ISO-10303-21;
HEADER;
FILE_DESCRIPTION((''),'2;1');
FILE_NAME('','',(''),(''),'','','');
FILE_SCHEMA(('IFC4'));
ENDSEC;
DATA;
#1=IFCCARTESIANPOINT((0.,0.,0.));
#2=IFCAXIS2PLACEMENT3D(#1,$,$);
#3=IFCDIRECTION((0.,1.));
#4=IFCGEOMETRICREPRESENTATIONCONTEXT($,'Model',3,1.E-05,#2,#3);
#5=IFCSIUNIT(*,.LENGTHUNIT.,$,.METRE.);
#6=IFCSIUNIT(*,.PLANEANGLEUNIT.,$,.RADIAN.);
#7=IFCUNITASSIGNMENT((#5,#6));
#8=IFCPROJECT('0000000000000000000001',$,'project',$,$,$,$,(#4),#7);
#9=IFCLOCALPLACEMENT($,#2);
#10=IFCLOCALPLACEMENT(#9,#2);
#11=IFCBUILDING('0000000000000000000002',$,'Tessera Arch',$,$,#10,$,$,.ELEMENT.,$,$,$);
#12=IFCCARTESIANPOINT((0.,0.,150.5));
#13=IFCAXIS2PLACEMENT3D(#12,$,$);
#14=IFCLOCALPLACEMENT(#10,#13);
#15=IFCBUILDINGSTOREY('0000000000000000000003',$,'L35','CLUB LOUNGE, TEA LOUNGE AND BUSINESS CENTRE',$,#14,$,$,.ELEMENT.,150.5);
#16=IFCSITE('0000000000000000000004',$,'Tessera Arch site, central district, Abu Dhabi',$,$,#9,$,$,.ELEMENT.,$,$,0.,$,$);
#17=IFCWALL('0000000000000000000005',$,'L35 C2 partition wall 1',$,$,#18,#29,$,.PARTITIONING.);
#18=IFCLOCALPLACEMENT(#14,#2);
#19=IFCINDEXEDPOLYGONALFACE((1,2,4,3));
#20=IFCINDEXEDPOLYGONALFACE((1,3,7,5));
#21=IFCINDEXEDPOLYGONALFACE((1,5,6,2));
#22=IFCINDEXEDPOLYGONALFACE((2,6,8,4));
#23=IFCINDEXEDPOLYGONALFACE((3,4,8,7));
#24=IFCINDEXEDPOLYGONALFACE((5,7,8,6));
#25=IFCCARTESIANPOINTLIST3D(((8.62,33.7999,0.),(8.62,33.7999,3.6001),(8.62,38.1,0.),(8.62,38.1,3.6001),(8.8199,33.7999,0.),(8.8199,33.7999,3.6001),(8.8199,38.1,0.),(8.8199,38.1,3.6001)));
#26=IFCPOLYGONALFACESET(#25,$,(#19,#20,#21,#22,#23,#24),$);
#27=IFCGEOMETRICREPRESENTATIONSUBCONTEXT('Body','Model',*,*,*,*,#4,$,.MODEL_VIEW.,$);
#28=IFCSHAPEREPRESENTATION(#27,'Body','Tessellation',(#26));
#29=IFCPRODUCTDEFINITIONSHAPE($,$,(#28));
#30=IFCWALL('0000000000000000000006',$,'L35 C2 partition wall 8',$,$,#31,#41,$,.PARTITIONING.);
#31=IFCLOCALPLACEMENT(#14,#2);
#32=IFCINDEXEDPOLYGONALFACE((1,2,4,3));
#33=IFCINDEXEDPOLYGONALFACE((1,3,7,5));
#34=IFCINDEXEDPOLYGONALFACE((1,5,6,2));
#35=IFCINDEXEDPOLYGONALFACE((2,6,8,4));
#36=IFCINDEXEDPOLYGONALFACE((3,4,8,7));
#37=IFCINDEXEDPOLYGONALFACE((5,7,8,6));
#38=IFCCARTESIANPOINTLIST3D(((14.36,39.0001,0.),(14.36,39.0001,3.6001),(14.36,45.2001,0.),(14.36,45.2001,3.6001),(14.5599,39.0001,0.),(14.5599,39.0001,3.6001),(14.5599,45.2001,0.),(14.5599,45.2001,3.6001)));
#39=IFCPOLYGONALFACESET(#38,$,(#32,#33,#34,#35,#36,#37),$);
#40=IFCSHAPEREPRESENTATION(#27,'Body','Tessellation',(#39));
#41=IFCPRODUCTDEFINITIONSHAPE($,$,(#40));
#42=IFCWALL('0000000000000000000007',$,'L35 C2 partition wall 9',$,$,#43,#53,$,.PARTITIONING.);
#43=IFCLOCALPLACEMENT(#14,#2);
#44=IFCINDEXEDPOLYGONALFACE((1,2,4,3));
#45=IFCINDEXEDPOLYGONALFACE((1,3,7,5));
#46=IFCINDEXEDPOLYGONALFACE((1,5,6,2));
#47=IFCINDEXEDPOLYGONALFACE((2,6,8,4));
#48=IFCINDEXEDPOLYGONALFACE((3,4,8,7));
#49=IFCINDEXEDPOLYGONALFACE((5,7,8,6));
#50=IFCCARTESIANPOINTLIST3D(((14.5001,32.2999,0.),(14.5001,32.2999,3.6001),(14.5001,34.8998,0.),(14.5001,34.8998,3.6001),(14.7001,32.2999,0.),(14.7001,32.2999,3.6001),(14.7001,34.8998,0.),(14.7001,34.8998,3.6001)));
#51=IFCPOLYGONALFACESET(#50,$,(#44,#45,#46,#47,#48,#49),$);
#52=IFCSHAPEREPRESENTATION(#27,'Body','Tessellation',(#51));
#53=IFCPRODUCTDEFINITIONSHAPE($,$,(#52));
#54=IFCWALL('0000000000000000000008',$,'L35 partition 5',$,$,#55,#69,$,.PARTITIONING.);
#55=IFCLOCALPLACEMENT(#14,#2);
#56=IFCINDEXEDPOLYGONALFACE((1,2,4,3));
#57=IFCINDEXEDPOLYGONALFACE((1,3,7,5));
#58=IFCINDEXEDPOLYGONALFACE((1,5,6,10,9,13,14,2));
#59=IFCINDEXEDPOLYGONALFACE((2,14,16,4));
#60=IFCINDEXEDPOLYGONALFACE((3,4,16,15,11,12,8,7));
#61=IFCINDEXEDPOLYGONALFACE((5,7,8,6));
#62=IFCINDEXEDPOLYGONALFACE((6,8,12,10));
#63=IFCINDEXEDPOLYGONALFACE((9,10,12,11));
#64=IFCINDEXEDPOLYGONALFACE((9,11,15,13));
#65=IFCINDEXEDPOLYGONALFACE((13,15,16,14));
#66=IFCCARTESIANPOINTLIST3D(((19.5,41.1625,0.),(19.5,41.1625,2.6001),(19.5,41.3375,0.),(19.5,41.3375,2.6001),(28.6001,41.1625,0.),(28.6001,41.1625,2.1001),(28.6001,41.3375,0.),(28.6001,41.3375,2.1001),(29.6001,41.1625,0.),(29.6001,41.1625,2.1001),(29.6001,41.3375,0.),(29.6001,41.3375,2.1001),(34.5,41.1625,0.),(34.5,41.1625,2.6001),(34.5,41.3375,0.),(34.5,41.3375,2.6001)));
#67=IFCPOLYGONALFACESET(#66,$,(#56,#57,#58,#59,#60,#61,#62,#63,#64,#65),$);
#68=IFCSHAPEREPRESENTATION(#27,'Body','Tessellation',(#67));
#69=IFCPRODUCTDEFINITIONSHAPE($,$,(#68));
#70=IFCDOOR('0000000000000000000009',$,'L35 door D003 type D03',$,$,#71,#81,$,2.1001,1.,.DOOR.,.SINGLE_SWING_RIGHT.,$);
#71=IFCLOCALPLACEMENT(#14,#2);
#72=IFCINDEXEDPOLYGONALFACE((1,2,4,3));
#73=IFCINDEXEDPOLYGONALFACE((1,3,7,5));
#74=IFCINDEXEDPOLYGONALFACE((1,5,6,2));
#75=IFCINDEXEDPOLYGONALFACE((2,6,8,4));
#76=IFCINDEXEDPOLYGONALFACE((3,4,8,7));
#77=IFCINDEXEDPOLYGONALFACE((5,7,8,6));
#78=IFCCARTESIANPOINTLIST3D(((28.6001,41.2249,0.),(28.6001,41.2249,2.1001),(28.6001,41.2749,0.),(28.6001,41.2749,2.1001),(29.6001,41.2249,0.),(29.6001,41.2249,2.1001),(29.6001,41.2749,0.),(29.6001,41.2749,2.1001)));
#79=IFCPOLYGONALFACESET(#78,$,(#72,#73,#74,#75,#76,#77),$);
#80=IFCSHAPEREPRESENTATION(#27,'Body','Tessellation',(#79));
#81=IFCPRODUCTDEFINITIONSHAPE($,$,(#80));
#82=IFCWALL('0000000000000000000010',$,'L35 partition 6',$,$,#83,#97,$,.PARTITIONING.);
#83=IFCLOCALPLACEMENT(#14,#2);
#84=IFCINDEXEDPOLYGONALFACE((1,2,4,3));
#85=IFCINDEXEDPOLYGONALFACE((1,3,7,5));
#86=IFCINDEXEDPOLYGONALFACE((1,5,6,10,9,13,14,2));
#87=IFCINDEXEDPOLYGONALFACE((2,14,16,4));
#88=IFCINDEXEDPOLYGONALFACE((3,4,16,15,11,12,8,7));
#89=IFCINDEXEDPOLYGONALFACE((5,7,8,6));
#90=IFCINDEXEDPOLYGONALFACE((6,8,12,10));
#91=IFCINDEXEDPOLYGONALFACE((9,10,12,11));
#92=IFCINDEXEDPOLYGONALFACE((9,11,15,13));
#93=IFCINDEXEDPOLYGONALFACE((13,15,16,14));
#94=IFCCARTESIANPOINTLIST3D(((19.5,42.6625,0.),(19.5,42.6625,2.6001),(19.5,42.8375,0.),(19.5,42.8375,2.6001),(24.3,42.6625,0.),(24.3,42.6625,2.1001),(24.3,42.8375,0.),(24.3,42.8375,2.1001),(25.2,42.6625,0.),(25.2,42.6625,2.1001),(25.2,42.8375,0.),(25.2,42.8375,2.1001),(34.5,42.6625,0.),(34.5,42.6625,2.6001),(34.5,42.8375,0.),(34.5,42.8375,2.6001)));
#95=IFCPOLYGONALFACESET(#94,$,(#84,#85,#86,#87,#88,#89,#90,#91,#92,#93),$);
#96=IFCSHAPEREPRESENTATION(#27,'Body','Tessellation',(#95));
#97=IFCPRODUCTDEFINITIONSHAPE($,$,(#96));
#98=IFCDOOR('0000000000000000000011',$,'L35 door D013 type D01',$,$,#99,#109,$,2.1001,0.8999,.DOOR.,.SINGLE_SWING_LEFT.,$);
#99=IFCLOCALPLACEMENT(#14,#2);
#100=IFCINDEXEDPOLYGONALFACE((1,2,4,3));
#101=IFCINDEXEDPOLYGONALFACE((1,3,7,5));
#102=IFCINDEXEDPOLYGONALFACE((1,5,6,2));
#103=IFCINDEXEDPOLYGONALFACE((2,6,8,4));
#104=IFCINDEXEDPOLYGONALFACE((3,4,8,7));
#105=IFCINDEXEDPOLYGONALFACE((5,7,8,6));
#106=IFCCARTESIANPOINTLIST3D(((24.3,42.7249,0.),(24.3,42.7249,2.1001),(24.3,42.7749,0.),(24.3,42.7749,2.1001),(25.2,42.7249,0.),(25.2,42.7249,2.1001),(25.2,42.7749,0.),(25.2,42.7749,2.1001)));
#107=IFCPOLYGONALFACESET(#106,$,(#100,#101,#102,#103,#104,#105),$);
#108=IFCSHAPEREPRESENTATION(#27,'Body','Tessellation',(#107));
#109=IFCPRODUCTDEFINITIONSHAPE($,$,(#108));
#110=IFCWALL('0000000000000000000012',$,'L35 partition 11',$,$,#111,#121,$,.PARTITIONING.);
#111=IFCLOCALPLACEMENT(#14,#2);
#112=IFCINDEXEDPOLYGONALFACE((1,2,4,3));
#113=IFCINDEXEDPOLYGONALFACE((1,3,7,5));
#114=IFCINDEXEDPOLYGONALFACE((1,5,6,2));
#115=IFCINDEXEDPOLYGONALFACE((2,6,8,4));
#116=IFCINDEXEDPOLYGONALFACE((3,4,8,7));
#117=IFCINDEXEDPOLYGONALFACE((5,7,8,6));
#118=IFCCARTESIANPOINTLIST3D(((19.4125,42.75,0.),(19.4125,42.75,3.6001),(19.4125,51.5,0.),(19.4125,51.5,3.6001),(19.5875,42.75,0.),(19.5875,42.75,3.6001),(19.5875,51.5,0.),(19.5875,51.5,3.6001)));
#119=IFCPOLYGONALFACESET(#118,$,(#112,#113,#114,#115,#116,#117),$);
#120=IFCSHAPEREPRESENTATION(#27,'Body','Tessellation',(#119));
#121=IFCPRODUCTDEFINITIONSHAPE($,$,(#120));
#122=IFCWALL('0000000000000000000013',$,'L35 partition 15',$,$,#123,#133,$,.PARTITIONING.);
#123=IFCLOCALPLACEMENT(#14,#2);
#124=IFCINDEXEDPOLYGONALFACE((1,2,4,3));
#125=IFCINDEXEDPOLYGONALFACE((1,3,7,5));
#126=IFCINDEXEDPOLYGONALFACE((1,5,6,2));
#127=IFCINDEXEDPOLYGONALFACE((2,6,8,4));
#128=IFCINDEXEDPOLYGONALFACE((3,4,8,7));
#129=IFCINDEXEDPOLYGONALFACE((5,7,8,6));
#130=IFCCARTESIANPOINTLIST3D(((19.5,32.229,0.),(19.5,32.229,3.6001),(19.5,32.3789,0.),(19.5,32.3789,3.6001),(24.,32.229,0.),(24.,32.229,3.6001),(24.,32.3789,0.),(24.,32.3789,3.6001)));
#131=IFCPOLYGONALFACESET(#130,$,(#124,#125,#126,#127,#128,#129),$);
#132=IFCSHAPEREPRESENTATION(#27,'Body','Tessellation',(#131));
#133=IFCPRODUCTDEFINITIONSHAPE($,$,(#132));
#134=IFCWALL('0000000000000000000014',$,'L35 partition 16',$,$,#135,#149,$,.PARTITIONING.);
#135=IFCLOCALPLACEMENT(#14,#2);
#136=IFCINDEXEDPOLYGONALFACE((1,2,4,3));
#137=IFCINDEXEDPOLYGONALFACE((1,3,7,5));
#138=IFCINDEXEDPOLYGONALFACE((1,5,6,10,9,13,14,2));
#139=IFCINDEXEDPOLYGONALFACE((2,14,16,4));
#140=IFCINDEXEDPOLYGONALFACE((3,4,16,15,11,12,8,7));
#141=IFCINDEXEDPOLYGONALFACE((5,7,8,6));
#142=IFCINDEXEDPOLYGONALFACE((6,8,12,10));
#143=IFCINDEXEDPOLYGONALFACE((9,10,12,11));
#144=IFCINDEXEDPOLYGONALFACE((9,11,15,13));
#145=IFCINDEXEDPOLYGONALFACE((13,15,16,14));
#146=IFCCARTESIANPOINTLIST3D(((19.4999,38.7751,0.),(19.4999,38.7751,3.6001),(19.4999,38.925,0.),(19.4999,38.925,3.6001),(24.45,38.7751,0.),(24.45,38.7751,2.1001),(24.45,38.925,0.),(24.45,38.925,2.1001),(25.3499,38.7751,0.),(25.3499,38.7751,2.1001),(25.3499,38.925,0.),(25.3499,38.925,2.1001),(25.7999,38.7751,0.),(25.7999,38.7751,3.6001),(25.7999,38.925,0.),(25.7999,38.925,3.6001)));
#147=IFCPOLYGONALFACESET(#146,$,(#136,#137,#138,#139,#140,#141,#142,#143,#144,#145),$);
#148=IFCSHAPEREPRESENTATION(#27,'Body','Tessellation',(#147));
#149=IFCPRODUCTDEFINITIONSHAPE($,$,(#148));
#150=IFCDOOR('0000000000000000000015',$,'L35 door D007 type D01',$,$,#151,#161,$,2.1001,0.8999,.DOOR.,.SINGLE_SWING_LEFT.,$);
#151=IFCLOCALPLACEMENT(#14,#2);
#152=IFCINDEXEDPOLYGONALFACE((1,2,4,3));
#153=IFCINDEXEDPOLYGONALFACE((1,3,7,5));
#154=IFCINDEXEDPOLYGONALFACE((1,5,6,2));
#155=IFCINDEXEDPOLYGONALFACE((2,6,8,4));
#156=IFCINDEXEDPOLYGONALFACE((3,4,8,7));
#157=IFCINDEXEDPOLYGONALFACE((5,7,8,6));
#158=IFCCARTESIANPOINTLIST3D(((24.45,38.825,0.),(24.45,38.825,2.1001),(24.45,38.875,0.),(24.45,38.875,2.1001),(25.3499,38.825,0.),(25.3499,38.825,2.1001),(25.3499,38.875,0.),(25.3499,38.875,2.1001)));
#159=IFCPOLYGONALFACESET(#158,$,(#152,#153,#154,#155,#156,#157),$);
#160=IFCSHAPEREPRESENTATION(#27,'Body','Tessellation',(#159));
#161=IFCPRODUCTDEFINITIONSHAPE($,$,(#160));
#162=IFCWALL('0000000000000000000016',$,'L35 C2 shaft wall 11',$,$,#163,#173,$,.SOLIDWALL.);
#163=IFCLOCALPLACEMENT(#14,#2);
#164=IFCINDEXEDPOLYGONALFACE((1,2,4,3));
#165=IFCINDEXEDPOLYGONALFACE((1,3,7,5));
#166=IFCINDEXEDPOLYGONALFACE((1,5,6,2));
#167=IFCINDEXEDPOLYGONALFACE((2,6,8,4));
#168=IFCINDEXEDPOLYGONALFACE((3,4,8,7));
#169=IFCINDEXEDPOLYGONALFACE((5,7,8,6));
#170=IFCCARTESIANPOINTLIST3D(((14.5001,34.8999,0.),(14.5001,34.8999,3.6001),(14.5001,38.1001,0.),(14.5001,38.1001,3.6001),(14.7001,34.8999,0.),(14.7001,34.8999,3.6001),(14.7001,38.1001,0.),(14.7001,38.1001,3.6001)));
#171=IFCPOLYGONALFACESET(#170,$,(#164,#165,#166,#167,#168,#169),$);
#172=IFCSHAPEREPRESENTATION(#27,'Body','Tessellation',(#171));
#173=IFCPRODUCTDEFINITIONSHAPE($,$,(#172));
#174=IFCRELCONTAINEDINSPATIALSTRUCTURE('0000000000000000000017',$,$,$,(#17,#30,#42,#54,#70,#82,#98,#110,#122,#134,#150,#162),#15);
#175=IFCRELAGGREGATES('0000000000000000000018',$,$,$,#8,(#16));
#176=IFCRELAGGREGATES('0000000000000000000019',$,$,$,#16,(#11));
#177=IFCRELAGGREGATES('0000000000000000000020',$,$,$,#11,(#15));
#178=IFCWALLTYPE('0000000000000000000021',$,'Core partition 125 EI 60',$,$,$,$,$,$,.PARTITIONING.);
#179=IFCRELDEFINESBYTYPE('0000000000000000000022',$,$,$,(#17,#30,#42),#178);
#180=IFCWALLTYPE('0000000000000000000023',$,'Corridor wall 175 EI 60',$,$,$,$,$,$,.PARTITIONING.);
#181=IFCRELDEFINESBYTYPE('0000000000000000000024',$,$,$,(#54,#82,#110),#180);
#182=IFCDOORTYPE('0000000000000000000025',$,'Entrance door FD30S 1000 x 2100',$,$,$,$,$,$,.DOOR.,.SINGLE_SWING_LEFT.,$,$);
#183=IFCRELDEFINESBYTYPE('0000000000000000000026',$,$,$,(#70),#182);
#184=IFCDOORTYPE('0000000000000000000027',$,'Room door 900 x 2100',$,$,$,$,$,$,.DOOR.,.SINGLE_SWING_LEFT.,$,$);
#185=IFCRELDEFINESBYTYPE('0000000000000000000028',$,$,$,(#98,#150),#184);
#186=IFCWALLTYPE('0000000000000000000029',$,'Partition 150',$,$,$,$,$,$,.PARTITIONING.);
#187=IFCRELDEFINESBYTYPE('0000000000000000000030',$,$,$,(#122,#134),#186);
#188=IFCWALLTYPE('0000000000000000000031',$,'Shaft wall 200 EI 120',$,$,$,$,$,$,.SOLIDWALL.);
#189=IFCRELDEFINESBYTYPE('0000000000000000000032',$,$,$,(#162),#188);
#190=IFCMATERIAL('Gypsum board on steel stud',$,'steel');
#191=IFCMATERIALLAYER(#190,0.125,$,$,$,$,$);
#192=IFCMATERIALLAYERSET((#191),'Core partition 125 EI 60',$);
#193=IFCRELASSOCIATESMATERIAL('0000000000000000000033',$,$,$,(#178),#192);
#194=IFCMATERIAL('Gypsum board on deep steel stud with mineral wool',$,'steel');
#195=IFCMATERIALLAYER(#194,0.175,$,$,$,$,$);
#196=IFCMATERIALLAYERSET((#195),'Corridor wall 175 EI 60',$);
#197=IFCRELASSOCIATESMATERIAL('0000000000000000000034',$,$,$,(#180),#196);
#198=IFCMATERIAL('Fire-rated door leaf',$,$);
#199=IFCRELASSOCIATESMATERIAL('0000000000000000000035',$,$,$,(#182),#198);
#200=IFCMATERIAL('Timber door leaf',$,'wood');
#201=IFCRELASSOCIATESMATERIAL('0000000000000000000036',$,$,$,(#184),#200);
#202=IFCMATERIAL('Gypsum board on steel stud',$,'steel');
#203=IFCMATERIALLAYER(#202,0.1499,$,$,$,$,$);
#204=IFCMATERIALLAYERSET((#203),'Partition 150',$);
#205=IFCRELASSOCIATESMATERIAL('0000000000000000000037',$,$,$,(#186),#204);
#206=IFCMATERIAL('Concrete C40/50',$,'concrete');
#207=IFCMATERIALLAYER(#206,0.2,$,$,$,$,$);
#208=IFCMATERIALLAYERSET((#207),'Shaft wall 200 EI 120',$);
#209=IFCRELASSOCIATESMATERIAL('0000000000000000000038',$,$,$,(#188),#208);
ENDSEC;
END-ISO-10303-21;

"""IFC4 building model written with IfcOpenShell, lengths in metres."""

from ifc_helpers import new_model, si_unit, direction, frame, frame_2d, origin, place, context, subcontext, project, spatial, rectangle, extrude, material, layer, layer_set, type_object, element, fill, save


model = new_model("IFC4")

# Units and contexts
model_context = context("Model", 3, precision=1e-05, world=origin(), true_north=direction((0.0, 1.0)))
body_context = subcontext(model_context, "Body", "Model", "MODEL_VIEW")
ifc_project = project(units=[si_unit("LENGTHUNIT", "METRE"), si_unit("PLANEANGLEUNIT", "RADIAN")], contexts=[model_context])

# Site, building, storey
site_placement = place(None, origin())
site = spatial("IfcSite", under=ifc_project, at=site_placement, Name="Tessera Arch site, central district, Abu Dhabi", CompositionType="ELEMENT", RefElevation=0.0)
building_placement = place(site_placement, origin())
building = spatial("IfcBuilding", under=site, at=building_placement, Name="Tessera Arch", CompositionType="ELEMENT")
storey_placement = place(building_placement, frame((0.0, 0.0, 150.5)))
storey = spatial("IfcBuildingStorey", under=building, at=storey_placement, Name="L35", Description="CLUB LOUNGE, TEA LOUNGE AND BUSINESS CENTRE", CompositionType="ELEMENT", Elevation=150.5)

# Walls
ifc_material_1 = material(Name="Gypsum board on steel stud", Category="steel")
ifc_layer_1 = layer(ifc_material_1, 0.125)
ifc_layer_set_1 = layer_set([ifc_layer_1], Name="Core partition 125 EI 60")
wall_type_1 = type_object("IfcWallType", Name="Core partition 125 EI 60", PredefinedType="PARTITIONING", material=ifc_layer_set_1)
wall_1_placement = place(storey_placement, frame((8.72, 33.8, 0.0), z_axis=(0.0, 0.0, 1.0), x_axis=(0.0, 1.0, 0.0)))
element("IfcWall", 1, at=wall_1_placement, inside=storey, type_object=wall_type_1, Name="L35 C2 partition wall 1", PredefinedType="PARTITIONING", context=body_context, shape_type="SweptSolid", body=[
    extrude(rectangle(XDim=4.3, YDim=0.2, at=frame_2d((2.1499, 0.0))), origin(), (0.0, 0.0, 1.0), 3.6001),
])
wall_2_placement = place(storey_placement, frame((14.46, 39.0, 0.0), z_axis=(0.0, 0.0, 1.0), x_axis=(0.0, 1.0, 0.0)))
element("IfcWall", 2, at=wall_2_placement, inside=storey, type_object=wall_type_1, Name="L35 C2 partition wall 8", PredefinedType="PARTITIONING", context=body_context, shape_type="SweptSolid", body=[
    extrude(rectangle(XDim=6.2, YDim=0.2, at=frame_2d((3.1001, 0.0))), origin(), (0.0, 0.0, 1.0), 3.6001),
])
wall_3_placement = place(storey_placement, frame((14.6001, 32.3, 0.0), z_axis=(0.0, 0.0, 1.0), x_axis=(0.0, 1.0, 0.0)))
element("IfcWall", 3, at=wall_3_placement, inside=storey, type_object=wall_type_1, Name="L35 C2 partition wall 9", PredefinedType="PARTITIONING", context=body_context, shape_type="SweptSolid", body=[
    extrude(rectangle(XDim=2.5999, YDim=0.2, at=frame_2d((1.2998, 0.0))), origin(), (0.0, 0.0, 1.0), 3.6001),
])

# Walls, openings, doors
ifc_material_2 = material(Name="Gypsum board on deep steel stud with mineral wool", Category="steel")
ifc_layer_2 = layer(ifc_material_2, 0.175)
ifc_layer_set_2 = layer_set([ifc_layer_2], Name="Corridor wall 175 EI 60")
wall_type_2 = type_object("IfcWallType", Name="Corridor wall 175 EI 60", PredefinedType="PARTITIONING", material=ifc_layer_set_2)
wall_4_placement = place(storey_placement, frame((19.5, 41.25, 0.0), z_axis=(0.0, 0.0, 1.0), x_axis=(1.0, 0.0, 0.0)))
wall_4 = element("IfcWall", 4, at=wall_4_placement, inside=storey, type_object=wall_type_2, Name="L35 partition 5", PredefinedType="PARTITIONING", context=body_context, shape_type="SweptSolid", body=[
    extrude(rectangle(XDim=15.0, YDim=0.175, at=frame_2d((7.5, 0.0))), origin(), (0.0, 0.0, 1.0), 2.6001),
])
opening_1_placement = place(wall_4_placement, frame((9.1001, 0.0, 0.0)))
opening_1 = element("IfcOpeningElement", 5, at=opening_1_placement, cuts=wall_4, PredefinedType="OPENING", context=body_context, shape_type="SweptSolid", body=[
    extrude(rectangle(XDim=1.0, YDim=2.1001, at=frame_2d((0.5, 1.05))), frame((0.0, 0.0974, 0.0), z_axis=(0.0, -1.0, 0.0), x_axis=(1.0, 0.0, 0.0)), (0.0, 0.0, 1.0), 0.1951),
])
ifc_material_3 = material(Name="Fire-rated door leaf")
door_type_1 = type_object("IfcDoorType", Name="Entrance door FD30S 1000 x 2100", OperationType="SINGLE_SWING_LEFT", PredefinedType="DOOR", material=ifc_material_3)
door_1_placement = place(opening_1_placement, origin())
door_1 = element("IfcDoor", 6, at=door_1_placement, inside=storey, type_object=door_type_1, Name="L35 door D003 type D03", OperationType="SINGLE_SWING_RIGHT", OverallHeight=2.1001, OverallWidth=1.0, PredefinedType="DOOR", context=body_context, shape_type="SweptSolid", body=[
    extrude(rectangle(XDim=1.0, YDim=2.1001, at=frame_2d((0.5, 1.05))), frame((0.0, 0.0249, 0.0), z_axis=(0.0, -1.0, 0.0), x_axis=(1.0, 0.0, 0.0)), (0.0, 0.0, 1.0), 0.05),
])
fill(opening_1, door_1)
wall_5_placement = place(storey_placement, frame((19.5, 42.75, 0.0), z_axis=(0.0, 0.0, 1.0), x_axis=(1.0, 0.0, 0.0)))
wall_5 = element("IfcWall", 7, at=wall_5_placement, inside=storey, type_object=wall_type_2, Name="L35 partition 6", PredefinedType="PARTITIONING", context=body_context, shape_type="SweptSolid", body=[
    extrude(rectangle(XDim=15.0, YDim=0.175, at=frame_2d((7.5, 0.0))), origin(), (0.0, 0.0, 1.0), 2.6001),
])
opening_2_placement = place(wall_5_placement, frame((4.8, 0.0, 0.0)))
opening_2 = element("IfcOpeningElement", 8, at=opening_2_placement, cuts=wall_5, PredefinedType="OPENING", context=body_context, shape_type="SweptSolid", body=[
    extrude(rectangle(XDim=0.8999, YDim=2.1001, at=frame_2d((0.45, 1.05))), frame((0.0, 0.0974, 0.0), z_axis=(0.0, -1.0, 0.0), x_axis=(1.0, 0.0, 0.0)), (0.0, 0.0, 1.0), 0.1951),
])
ifc_material_4 = material(Name="Timber door leaf", Category="wood")
door_type_2 = type_object("IfcDoorType", Name="Room door 900 x 2100", OperationType="SINGLE_SWING_LEFT", PredefinedType="DOOR", material=ifc_material_4)
door_2_placement = place(opening_2_placement, origin())
door_2 = element("IfcDoor", 9, at=door_2_placement, inside=storey, type_object=door_type_2, Name="L35 door D013 type D01", OperationType="SINGLE_SWING_LEFT", OverallHeight=2.1001, OverallWidth=0.8999, PredefinedType="DOOR", context=body_context, shape_type="SweptSolid", body=[
    extrude(rectangle(XDim=0.8999, YDim=2.1001, at=frame_2d((0.45, 1.05))), frame((0.0, 0.0249, 0.0), z_axis=(0.0, -1.0, 0.0), x_axis=(1.0, 0.0, 0.0)), (0.0, 0.0, 1.0), 0.05),
])
fill(opening_2, door_2)

# Walls
wall_6_placement = place(storey_placement, frame((19.5, 42.75, 0.0), z_axis=(0.0, 0.0, 1.0), x_axis=(0.0, 1.0, 0.0)))
element("IfcWall", 10, at=wall_6_placement, inside=storey, type_object=wall_type_2, Name="L35 partition 11", PredefinedType="PARTITIONING", context=body_context, shape_type="SweptSolid", body=[
    extrude(rectangle(XDim=8.75, YDim=0.175, at=frame_2d((4.375, 0.0))), origin(), (0.0, 0.0, 1.0), 3.6001),
])
ifc_material_5 = material(Name="Gypsum board on steel stud", Category="steel")
ifc_layer_3 = layer(ifc_material_5, 0.1499)
ifc_layer_set_3 = layer_set([ifc_layer_3], Name="Partition 150")
wall_type_3 = type_object("IfcWallType", Name="Partition 150", PredefinedType="PARTITIONING", material=ifc_layer_set_3)
wall_7_placement = place(storey_placement, frame((19.5, 32.304, 0.0), z_axis=(0.0, 0.0, 1.0), x_axis=(1.0, 0.0, 0.0)))
element("IfcWall", 11, at=wall_7_placement, inside=storey, type_object=wall_type_3, Name="L35 partition 15", PredefinedType="PARTITIONING", context=body_context, shape_type="SweptSolid", body=[
    extrude(rectangle(XDim=4.5, YDim=0.1499, at=frame_2d((2.25, 0.0))), origin(), (0.0, 0.0, 1.0), 3.6001),
])

# Wall, opening, door
wall_8_placement = place(storey_placement, frame((19.5, 38.8501, 0.0), z_axis=(0.0, 0.0, 1.0), x_axis=(1.0, 0.0, 0.0)))
wall_8 = element("IfcWall", 12, at=wall_8_placement, inside=storey, type_object=wall_type_3, Name="L35 partition 16", PredefinedType="PARTITIONING", context=body_context, shape_type="SweptSolid", body=[
    extrude(rectangle(XDim=6.3, YDim=0.1499, at=frame_2d((3.1499, 0.0))), origin(), (0.0, 0.0, 1.0), 3.6001),
])
opening_3_placement = place(wall_8_placement, frame((4.95, 0.0, 0.0)))
opening_3 = element("IfcOpeningElement", 13, at=opening_3_placement, cuts=wall_8, PredefinedType="OPENING", context=body_context, shape_type="SweptSolid", body=[
    extrude(rectangle(XDim=0.8999, YDim=2.1001, at=frame_2d((0.45, 1.05))), frame((0.0, 0.085, 0.0), z_axis=(0.0, -1.0, 0.0), x_axis=(1.0, 0.0, 0.0)), (0.0, 0.0, 1.0), 0.1699),
])
door_3_placement = place(opening_3_placement, origin())
door_3 = element("IfcDoor", 14, at=door_3_placement, inside=storey, type_object=door_type_2, Name="L35 door D007 type D01", OperationType="SINGLE_SWING_LEFT", OverallHeight=2.1001, OverallWidth=0.8999, PredefinedType="DOOR", context=body_context, shape_type="SweptSolid", body=[
    extrude(rectangle(XDim=0.8999, YDim=2.1001, at=frame_2d((0.45, 1.05))), frame((0.0, 0.0249, 0.0), z_axis=(0.0, -1.0, 0.0), x_axis=(1.0, 0.0, 0.0)), (0.0, 0.0, 1.0), 0.05),
])
fill(opening_3, door_3)

# Wall
ifc_material_6 = material(Name="Concrete C40/50", Category="concrete")
ifc_layer_4 = layer(ifc_material_6, 0.2)
ifc_layer_set_4 = layer_set([ifc_layer_4], Name="Shaft wall 200 EI 120")
wall_type_4 = type_object("IfcWallType", Name="Shaft wall 200 EI 120", PredefinedType="SOLIDWALL", material=ifc_layer_set_4)
for number, where, z_axis, x_axis, name in (
    (15, (14.6001, 34.8999, 0.0), (0.0, 0.0, 1.0), (0.0, 1.0, 0.0), "L35 C2 shaft wall 11"),
):
    element("IfcWall", number, at=place(storey_placement, frame(where, z_axis=z_axis, x_axis=x_axis)), inside=storey, type_object=wall_type_4, Name=name, PredefinedType="SOLIDWALL", context=body_context, shape_type="SweptSolid", body=[
        extrude(rectangle(XDim=3.2002, YDim=0.2, at=frame_2d((1.6001, 0.0))), origin(), (0.0, 0.0, 1.0), 3.6001),
    ])

save(model, "model.ifc")
